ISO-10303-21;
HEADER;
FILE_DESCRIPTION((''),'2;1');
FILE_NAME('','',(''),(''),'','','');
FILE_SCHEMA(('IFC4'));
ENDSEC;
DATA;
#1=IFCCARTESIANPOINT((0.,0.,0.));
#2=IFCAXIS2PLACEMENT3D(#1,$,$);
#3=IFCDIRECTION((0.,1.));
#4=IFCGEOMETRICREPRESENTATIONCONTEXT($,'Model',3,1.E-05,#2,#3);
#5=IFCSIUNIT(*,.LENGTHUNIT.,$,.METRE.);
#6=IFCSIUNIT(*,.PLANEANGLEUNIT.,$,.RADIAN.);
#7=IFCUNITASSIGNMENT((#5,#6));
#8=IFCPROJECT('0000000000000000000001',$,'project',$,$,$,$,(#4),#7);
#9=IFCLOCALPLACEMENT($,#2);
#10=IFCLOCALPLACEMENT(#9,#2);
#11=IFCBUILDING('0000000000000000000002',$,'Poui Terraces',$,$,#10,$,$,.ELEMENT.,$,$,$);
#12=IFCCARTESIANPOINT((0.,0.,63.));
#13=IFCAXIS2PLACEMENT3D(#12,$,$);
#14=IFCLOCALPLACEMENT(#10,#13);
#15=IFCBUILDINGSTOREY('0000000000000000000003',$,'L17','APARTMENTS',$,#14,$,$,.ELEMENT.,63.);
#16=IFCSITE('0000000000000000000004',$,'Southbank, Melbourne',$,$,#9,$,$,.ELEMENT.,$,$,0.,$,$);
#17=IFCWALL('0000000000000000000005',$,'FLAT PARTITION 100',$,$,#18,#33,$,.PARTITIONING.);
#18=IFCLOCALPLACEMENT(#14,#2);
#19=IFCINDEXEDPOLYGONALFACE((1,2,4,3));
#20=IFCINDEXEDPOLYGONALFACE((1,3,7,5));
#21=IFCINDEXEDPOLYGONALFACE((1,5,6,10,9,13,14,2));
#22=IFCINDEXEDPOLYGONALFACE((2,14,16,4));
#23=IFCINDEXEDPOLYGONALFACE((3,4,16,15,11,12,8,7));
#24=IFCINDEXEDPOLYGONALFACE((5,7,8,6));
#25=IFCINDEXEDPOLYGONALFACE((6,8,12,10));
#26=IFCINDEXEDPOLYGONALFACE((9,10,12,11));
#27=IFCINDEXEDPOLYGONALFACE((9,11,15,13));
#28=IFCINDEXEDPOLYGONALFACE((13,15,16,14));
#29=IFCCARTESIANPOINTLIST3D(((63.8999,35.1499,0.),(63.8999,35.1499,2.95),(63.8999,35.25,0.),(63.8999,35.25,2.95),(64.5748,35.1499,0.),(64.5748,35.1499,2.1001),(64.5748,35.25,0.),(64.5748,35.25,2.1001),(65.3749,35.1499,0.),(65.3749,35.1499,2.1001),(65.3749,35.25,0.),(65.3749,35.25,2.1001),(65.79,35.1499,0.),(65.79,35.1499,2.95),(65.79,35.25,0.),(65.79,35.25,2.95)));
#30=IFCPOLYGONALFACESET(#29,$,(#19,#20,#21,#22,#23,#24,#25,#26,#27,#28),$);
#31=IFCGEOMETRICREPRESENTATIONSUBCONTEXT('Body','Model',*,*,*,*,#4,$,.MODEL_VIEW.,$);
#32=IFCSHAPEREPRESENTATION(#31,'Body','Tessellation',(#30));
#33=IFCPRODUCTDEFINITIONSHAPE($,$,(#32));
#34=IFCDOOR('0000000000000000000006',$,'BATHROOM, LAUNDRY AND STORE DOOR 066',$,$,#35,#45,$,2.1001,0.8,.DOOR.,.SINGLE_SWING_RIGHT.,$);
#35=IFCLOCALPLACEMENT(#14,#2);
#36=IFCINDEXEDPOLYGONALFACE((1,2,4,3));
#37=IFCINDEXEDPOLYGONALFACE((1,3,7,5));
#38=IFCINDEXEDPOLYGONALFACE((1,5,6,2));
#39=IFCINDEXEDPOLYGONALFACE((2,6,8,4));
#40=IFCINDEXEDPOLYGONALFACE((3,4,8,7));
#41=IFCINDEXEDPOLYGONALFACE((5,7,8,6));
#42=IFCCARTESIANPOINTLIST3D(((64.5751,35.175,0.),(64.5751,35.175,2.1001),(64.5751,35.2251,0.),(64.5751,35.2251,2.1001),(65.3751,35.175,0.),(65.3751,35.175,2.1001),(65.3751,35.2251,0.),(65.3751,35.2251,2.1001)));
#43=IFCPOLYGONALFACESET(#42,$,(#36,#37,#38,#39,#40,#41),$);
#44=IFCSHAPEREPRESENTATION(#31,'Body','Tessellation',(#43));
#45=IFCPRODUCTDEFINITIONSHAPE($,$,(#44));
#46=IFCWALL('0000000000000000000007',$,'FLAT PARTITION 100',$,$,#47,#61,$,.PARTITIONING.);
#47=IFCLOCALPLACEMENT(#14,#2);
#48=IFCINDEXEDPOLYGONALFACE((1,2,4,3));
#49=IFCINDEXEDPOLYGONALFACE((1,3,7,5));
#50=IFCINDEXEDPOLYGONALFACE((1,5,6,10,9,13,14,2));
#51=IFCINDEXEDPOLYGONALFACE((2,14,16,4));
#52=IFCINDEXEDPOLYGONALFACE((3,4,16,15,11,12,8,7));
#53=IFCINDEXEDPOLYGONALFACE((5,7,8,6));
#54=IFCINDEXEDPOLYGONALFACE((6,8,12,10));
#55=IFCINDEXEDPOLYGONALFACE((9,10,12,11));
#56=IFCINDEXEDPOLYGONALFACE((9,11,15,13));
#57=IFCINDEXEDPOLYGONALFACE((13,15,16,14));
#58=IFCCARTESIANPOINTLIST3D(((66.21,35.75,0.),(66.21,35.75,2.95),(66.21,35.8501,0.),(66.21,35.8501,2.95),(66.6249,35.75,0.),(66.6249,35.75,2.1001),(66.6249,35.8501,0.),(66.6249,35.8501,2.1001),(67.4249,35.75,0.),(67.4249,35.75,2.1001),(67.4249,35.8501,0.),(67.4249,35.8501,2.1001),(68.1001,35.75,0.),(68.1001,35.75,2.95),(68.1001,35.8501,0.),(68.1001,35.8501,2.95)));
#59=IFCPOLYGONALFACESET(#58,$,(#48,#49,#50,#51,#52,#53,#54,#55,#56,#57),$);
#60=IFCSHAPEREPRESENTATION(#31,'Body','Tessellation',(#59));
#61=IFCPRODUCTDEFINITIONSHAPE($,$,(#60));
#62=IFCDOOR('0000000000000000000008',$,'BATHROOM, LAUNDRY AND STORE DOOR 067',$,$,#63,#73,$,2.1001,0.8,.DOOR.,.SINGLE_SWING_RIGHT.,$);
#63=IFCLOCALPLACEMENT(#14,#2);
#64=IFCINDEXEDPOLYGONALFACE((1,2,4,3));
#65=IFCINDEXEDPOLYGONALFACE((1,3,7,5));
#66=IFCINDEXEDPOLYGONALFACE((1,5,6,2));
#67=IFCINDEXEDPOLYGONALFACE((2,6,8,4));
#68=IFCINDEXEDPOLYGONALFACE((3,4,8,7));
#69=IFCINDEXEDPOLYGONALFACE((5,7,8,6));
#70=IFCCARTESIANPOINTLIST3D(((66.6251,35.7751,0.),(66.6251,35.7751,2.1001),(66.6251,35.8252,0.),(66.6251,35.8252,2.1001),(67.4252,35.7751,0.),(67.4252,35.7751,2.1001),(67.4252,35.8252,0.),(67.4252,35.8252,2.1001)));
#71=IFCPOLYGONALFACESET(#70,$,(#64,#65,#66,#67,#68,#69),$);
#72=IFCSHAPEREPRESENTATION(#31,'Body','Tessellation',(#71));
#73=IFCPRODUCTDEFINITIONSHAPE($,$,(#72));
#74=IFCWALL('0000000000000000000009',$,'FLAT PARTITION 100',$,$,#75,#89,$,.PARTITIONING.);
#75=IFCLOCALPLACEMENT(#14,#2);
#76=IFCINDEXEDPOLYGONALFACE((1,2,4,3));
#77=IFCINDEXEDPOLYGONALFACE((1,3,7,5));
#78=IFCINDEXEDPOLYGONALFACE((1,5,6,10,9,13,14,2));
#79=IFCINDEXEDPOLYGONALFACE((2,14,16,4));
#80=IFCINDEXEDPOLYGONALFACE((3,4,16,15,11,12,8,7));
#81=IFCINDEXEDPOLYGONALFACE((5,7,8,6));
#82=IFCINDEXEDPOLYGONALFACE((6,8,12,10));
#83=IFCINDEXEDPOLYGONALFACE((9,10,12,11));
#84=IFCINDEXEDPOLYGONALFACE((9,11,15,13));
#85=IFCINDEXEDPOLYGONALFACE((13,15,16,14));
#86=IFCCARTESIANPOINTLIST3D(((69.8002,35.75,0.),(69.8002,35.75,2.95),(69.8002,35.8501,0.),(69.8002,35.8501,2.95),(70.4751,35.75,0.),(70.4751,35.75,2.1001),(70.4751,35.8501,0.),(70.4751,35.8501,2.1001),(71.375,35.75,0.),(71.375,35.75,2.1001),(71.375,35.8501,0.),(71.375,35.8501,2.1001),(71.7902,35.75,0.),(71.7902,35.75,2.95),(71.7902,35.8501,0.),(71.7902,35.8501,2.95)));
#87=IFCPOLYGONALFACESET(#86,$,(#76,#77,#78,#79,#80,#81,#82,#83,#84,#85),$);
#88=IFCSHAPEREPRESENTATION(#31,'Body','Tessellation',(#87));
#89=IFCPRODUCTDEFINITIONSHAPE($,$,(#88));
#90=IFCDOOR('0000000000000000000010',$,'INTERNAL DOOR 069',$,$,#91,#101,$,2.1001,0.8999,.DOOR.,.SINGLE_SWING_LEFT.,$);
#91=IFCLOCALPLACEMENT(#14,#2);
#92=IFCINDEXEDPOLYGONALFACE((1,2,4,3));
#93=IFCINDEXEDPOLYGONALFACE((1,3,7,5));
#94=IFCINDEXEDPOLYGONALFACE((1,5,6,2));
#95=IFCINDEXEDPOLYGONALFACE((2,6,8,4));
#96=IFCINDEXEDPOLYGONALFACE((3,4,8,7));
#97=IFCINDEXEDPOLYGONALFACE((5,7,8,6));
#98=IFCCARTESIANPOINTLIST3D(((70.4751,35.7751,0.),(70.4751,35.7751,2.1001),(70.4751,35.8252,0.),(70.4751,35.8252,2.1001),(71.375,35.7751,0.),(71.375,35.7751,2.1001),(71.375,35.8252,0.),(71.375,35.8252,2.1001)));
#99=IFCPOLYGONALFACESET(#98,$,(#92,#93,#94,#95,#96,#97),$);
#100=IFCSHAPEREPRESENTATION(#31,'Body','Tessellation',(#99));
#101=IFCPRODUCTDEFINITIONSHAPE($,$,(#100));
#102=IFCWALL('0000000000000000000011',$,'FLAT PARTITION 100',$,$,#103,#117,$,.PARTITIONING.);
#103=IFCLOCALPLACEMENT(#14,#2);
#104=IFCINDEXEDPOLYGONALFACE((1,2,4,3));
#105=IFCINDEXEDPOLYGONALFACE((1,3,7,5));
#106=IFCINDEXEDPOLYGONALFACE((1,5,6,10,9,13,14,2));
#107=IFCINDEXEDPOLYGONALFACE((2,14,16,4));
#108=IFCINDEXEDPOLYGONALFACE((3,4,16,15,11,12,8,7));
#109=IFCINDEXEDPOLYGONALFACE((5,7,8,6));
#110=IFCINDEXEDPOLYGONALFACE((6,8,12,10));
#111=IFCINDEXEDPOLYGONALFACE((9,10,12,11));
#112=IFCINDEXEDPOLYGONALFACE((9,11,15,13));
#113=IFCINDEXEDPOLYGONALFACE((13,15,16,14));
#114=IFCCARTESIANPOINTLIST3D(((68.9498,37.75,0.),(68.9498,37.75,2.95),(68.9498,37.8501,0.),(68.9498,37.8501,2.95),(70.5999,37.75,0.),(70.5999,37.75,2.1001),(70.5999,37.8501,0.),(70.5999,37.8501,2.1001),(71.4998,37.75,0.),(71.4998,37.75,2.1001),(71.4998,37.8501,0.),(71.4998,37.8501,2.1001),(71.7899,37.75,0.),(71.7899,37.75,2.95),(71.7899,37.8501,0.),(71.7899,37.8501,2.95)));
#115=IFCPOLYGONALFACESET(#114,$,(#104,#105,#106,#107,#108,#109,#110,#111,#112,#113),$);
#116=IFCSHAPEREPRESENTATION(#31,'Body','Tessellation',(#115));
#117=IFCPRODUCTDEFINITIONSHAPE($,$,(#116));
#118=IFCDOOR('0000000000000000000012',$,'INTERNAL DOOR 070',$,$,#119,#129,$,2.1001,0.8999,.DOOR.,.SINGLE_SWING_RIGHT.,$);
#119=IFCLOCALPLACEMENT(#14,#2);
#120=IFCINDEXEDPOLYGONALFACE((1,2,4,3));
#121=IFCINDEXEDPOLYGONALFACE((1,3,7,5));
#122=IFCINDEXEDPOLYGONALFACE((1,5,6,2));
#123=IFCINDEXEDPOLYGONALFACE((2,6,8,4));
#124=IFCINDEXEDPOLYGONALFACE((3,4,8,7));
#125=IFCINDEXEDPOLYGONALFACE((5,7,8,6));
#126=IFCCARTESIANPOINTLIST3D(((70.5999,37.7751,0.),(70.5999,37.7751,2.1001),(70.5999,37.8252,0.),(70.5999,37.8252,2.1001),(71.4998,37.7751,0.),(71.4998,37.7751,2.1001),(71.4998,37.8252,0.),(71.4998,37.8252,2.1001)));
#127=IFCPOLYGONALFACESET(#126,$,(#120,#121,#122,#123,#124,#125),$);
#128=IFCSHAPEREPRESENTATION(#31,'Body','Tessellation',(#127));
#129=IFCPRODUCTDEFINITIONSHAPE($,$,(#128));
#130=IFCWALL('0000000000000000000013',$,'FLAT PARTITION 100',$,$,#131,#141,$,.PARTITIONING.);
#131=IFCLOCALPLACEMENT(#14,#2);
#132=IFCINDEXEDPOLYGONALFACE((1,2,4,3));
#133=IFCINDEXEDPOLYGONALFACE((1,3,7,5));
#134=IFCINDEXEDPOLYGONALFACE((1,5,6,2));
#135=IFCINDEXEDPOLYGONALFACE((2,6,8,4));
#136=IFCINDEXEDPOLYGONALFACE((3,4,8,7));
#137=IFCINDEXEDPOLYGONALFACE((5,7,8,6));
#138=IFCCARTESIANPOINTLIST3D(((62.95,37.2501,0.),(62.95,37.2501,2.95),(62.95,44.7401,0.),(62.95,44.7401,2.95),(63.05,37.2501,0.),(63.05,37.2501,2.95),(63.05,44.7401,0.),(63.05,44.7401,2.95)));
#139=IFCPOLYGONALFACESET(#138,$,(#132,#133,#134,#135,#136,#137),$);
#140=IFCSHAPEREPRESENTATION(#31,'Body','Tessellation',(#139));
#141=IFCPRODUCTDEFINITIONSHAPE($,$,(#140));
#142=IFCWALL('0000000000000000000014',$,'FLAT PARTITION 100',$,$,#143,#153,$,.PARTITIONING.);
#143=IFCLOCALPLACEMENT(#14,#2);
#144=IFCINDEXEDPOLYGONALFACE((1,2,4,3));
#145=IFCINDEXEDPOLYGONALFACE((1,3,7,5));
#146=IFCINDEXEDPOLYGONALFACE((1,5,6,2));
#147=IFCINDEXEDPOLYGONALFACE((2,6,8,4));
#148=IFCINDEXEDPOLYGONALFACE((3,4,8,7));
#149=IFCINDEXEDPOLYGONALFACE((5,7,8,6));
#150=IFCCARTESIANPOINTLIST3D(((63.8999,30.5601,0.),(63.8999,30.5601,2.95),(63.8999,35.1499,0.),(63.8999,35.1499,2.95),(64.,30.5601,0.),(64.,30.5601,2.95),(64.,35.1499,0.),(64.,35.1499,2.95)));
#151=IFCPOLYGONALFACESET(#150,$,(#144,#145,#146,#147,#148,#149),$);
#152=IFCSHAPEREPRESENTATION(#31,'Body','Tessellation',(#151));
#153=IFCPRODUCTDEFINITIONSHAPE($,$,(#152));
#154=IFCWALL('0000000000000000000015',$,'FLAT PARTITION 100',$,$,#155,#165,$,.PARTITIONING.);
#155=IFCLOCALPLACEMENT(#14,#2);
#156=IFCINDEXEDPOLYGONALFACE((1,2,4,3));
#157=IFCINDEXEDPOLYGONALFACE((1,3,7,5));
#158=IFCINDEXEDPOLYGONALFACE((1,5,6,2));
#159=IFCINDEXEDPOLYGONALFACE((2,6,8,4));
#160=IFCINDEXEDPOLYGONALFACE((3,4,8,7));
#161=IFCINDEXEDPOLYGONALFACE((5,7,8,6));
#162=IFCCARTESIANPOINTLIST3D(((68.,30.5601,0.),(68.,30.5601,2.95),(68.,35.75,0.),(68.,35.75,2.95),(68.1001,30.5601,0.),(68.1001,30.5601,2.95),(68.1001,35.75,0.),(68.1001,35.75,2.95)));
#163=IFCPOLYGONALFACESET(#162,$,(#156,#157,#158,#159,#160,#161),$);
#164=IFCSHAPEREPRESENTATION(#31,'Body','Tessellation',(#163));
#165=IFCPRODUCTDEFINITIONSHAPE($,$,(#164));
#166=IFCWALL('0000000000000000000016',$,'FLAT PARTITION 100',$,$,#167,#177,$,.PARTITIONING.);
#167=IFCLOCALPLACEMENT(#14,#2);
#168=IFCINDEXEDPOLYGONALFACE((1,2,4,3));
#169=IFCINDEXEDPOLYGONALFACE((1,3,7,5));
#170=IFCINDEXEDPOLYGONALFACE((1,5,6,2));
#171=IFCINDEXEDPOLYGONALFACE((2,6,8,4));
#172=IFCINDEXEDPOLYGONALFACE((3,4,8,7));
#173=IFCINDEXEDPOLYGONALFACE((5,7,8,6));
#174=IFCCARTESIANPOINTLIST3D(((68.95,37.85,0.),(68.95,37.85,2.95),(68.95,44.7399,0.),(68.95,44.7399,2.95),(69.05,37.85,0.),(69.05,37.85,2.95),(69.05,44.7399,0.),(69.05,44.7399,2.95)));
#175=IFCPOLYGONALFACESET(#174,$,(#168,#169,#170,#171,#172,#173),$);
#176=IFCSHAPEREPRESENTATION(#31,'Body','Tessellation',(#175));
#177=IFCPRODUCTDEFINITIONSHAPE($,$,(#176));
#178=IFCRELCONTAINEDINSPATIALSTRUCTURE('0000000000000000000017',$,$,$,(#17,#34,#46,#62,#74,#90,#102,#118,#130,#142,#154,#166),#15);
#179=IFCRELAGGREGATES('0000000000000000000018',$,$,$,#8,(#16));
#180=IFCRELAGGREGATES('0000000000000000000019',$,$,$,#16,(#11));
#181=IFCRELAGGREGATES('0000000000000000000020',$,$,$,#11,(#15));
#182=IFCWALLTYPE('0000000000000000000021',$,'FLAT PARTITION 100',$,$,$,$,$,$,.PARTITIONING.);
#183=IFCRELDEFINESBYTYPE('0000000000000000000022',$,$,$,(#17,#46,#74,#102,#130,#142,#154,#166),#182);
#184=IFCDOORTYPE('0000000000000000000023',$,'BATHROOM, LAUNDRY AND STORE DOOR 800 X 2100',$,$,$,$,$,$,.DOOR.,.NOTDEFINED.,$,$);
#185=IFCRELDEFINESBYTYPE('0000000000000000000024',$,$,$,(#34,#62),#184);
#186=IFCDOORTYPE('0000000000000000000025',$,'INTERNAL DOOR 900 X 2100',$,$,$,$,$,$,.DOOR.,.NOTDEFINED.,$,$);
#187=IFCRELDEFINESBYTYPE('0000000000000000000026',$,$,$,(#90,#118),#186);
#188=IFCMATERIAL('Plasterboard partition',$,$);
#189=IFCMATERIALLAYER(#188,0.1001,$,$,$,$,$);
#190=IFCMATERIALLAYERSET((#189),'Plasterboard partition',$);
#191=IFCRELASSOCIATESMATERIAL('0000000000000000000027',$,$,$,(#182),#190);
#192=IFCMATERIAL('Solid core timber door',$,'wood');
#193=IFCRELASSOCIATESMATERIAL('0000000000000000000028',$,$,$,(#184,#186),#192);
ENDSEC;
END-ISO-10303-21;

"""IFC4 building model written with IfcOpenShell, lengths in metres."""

from ifc_helpers import new_model, si_unit, direction, frame, frame_2d, origin, place, context, subcontext, project, spatial, rectangle, extrude, material, layer, layer_set, type_object, element, fill, save


model = new_model("IFC4")

# Units and contexts
model_context = context("Model", 3, precision=1e-05, world=origin(), true_north=direction((0.0, 1.0)))
body_context = subcontext(model_context, "Body", "Model", "MODEL_VIEW")
ifc_project = project(units=[si_unit("LENGTHUNIT", "METRE"), si_unit("PLANEANGLEUNIT", "RADIAN")], contexts=[model_context])

# Site, building, storey
site_placement = place(None, origin())
site = spatial("IfcSite", under=ifc_project, at=site_placement, Name="Southbank, Melbourne", CompositionType="ELEMENT", RefElevation=0.0)
building_placement = place(site_placement, origin())
building = spatial("IfcBuilding", under=site, at=building_placement, Name="Poui Terraces", CompositionType="ELEMENT")
storey_placement = place(building_placement, frame((0.0, 0.0, 63.0)))
storey = spatial("IfcBuildingStorey", under=building, at=storey_placement, Name="L17", Description="APARTMENTS", CompositionType="ELEMENT", Elevation=63.0)

# Walls, openings, doors
ifc_material_1 = material(Name="Plasterboard partition")
ifc_layer_1 = layer(ifc_material_1, 0.1001)
ifc_layer_set_1 = layer_set([ifc_layer_1], Name="Plasterboard partition")
wall_type_1 = type_object("IfcWallType", Name="FLAT PARTITION 100", PredefinedType="PARTITIONING", material=ifc_layer_set_1)
wall_1_placement = place(storey_placement, frame((63.8999, 35.2, 0.0), z_axis=(0.0, 0.0, 1.0), x_axis=(1.0, 0.0, 0.0)))
wall_1 = element("IfcWall", 1, at=wall_1_placement, inside=storey, type_object=wall_type_1, Name="FLAT PARTITION 100", PredefinedType="PARTITIONING", context=body_context, shape_type="SweptSolid", body=[
    extrude(rectangle(XDim=1.8901, YDim=0.1001, at=frame_2d((0.9451, 0.0))), origin(), (0.0, 0.0, 1.0), 2.95),
])
opening_1_placement = place(wall_1_placement, frame((0.675, 0.0, 0.0)))
opening_1 = element("IfcOpeningElement", 2, at=opening_1_placement, cuts=wall_1, PredefinedType="OPENING", context=body_context, shape_type="SweptSolid", body=[
    extrude(rectangle(XDim=0.8, YDim=2.1001, at=frame_2d((0.3999, 1.05))), frame((0.0, 0.0601, 0.0), z_axis=(0.0, -1.0, 0.0), x_axis=(1.0, 0.0, 0.0)), (0.0, 0.0, 1.0), 0.1201),
])
ifc_material_2 = material(Name="Solid core timber door", Category="wood")
door_type_1 = type_object("IfcDoorType", Name="BATHROOM, LAUNDRY AND STORE DOOR 800 X 2100", OperationType="NOTDEFINED", PredefinedType="DOOR", material=ifc_material_2)
door_1_placement = place(opening_1_placement, frame((0.8, 0.0, 0.0), z_axis=(0.0, 0.0, 1.0), x_axis=(-1.0, 0.0, 0.0)))
door_1 = element("IfcDoor", 3, at=door_1_placement, inside=storey, type_object=door_type_1, Name="BATHROOM, LAUNDRY AND STORE DOOR 066", OperationType="SINGLE_SWING_RIGHT", OverallHeight=2.1001, OverallWidth=0.8, PredefinedType="DOOR", context=body_context, shape_type="SweptSolid", body=[
    extrude(rectangle(XDim=0.8, YDim=2.1001, at=frame_2d((0.3999, 1.05))), frame((0.0, 0.0249, 0.0), z_axis=(0.0, -1.0, 0.0), x_axis=(1.0, 0.0, 0.0)), (0.0, 0.0, 1.0), 0.05),
])
fill(opening_1, door_1)
wall_2_placement = place(storey_placement, frame((66.21, 35.8, 0.0), z_axis=(0.0, 0.0, 1.0), x_axis=(1.0, 0.0, 0.0)))
wall_2 = element("IfcWall", 4, at=wall_2_placement, inside=storey, type_object=wall_type_1, Name="FLAT PARTITION 100", PredefinedType="PARTITIONING", context=body_context, shape_type="SweptSolid", body=[
    extrude(rectangle(XDim=1.8901, YDim=0.1001, at=frame_2d((0.9451, 0.0))), origin(), (0.0, 0.0, 1.0), 2.95),
])
opening_2_placement = place(wall_2_placement, frame((0.415, 0.0, 0.0)))
opening_2 = element("IfcOpeningElement", 5, at=opening_2_placement, cuts=wall_2, PredefinedType="OPENING", context=body_context, shape_type="SweptSolid", body=[
    extrude(rectangle(XDim=0.8, YDim=2.1001, at=frame_2d((0.3999, 1.05))), frame((0.0, 0.0601, 0.0), z_axis=(0.0, -1.0, 0.0), x_axis=(1.0, 0.0, 0.0)), (0.0, 0.0, 1.0), 0.1201),
])
door_2_placement = place(opening_2_placement, frame((0.8, 0.0, 0.0), z_axis=(0.0, 0.0, 1.0), x_axis=(-1.0, 0.0, 0.0)))
door_2 = element("IfcDoor", 6, at=door_2_placement, inside=storey, type_object=door_type_1, Name="BATHROOM, LAUNDRY AND STORE DOOR 067", OperationType="SINGLE_SWING_RIGHT", OverallHeight=2.1001, OverallWidth=0.8, PredefinedType="DOOR", context=body_context, shape_type="SweptSolid", body=[
    extrude(rectangle(XDim=0.8, YDim=2.1001, at=frame_2d((0.3999, 1.05))), frame((0.0, 0.0249, 0.0), z_axis=(0.0, -1.0, 0.0), x_axis=(1.0, 0.0, 0.0)), (0.0, 0.0, 1.0), 0.05),
])
fill(opening_2, door_2)
wall_3_placement = place(storey_placement, frame((69.8, 35.8, 0.0), z_axis=(0.0, 0.0, 1.0), x_axis=(1.0, 0.0, 0.0)))
wall_3 = element("IfcWall", 7, at=wall_3_placement, inside=storey, type_object=wall_type_1, Name="FLAT PARTITION 100", PredefinedType="PARTITIONING", context=body_context, shape_type="SweptSolid", body=[
    extrude(rectangle(XDim=1.99, YDim=0.1001, at=frame_2d((0.9951, 0.0))), origin(), (0.0, 0.0, 1.0), 2.95),
])
opening_3_placement = place(wall_3_placement, frame((0.675, 0.0, 0.0)))
opening_3 = element("IfcOpeningElement", 8, at=opening_3_placement, cuts=wall_3, PredefinedType="OPENING", context=body_context, shape_type="SweptSolid", body=[
    extrude(rectangle(XDim=0.8999, YDim=2.1001, at=frame_2d((0.45, 1.05))), frame((0.0, 0.0601, 0.0), z_axis=(0.0, -1.0, 0.0), x_axis=(1.0, 0.0, 0.0)), (0.0, 0.0, 1.0), 0.1201),
])
door_type_2 = type_object("IfcDoorType", Name="INTERNAL DOOR 900 X 2100", OperationType="NOTDEFINED", PredefinedType="DOOR", material=ifc_material_2)
door_3_placement = place(opening_3_placement, frame((0.8999, 0.0, 0.0), z_axis=(0.0, 0.0, 1.0), x_axis=(-1.0, 0.0, 0.0)))
door_3 = element("IfcDoor", 9, at=door_3_placement, inside=storey, type_object=door_type_2, Name="INTERNAL DOOR 069", OperationType="SINGLE_SWING_LEFT", OverallHeight=2.1001, OverallWidth=0.8999, PredefinedType="DOOR", context=body_context, shape_type="SweptSolid", body=[
    extrude(rectangle(XDim=0.8999, YDim=2.1001, at=frame_2d((0.45, 1.05))), frame((0.0, 0.0249, 0.0), z_axis=(0.0, -1.0, 0.0), x_axis=(1.0, 0.0, 0.0)), (0.0, 0.0, 1.0), 0.05),
])
fill(opening_3, door_3)
wall_4_placement = place(storey_placement, frame((68.95, 37.8, 0.0), z_axis=(0.0, 0.0, 1.0), x_axis=(1.0, 0.0, 0.0)))
wall_4 = element("IfcWall", 10, at=wall_4_placement, inside=storey, type_object=wall_type_1, Name="FLAT PARTITION 100", PredefinedType="PARTITIONING", context=body_context, shape_type="SweptSolid", body=[
    extrude(rectangle(XDim=2.8401, YDim=0.1001, at=frame_2d((1.4199, 0.0))), origin(), (0.0, 0.0, 1.0), 2.95),
])
opening_4_placement = place(wall_4_placement, frame((1.6499, 0.0, 0.0)))
opening_4 = element("IfcOpeningElement", 11, at=opening_4_placement, cuts=wall_4, PredefinedType="OPENING", context=body_context, shape_type="SweptSolid", body=[
    extrude(rectangle(XDim=0.8999, YDim=2.1001, at=frame_2d((0.45, 1.05))), frame((0.0, 0.0601, 0.0), z_axis=(0.0, -1.0, 0.0), x_axis=(1.0, 0.0, 0.0)), (0.0, 0.0, 1.0), 0.1201),
])
door_4_placement = place(opening_4_placement, frame((0.8999, 0.0, 0.0), z_axis=(0.0, 0.0, 1.0), x_axis=(-1.0, 0.0, 0.0)))
door_4 = element("IfcDoor", 12, at=door_4_placement, inside=storey, type_object=door_type_2, Name="INTERNAL DOOR 070", OperationType="SINGLE_SWING_RIGHT", OverallHeight=2.1001, OverallWidth=0.8999, PredefinedType="DOOR", context=body_context, shape_type="SweptSolid", body=[
    extrude(rectangle(XDim=0.8999, YDim=2.1001, at=frame_2d((0.45, 1.05))), frame((0.0, 0.0249, 0.0), z_axis=(0.0, -1.0, 0.0), x_axis=(1.0, 0.0, 0.0)), (0.0, 0.0, 1.0), 0.05),
])
fill(opening_4, door_4)

# Walls
wall_5_placement = place(storey_placement, frame((63.0, 37.25, 0.0), z_axis=(0.0, 0.0, 1.0), x_axis=(0.0, 1.0, 0.0)))
element("IfcWall", 13, at=wall_5_placement, inside=storey, type_object=wall_type_1, Name="FLAT PARTITION 100", PredefinedType="PARTITIONING", context=body_context, shape_type="SweptSolid", body=[
    extrude(rectangle(XDim=7.49, YDim=0.1001, at=frame_2d((3.7451, 0.0))), origin(), (0.0, 0.0, 1.0), 2.95),
])
wall_6_placement = place(storey_placement, frame((63.95, 30.5601, 0.0), z_axis=(0.0, 0.0, 1.0), x_axis=(0.0, 1.0, 0.0)))
element("IfcWall", 14, at=wall_6_placement, inside=storey, type_object=wall_type_1, Name="FLAT PARTITION 100", PredefinedType="PARTITIONING", context=body_context, shape_type="SweptSolid", body=[
    extrude(rectangle(XDim=4.5898, YDim=0.1001, at=frame_2d((2.2949, 0.0))), origin(), (0.0, 0.0, 1.0), 2.95),
])
wall_7_placement = place(storey_placement, frame((68.05, 30.5601, 0.0), z_axis=(0.0, 0.0, 1.0), x_axis=(0.0, 1.0, 0.0)))
element("IfcWall", 15, at=wall_7_placement, inside=storey, type_object=wall_type_1, Name="FLAT PARTITION 100", PredefinedType="PARTITIONING", context=body_context, shape_type="SweptSolid", body=[
    extrude(rectangle(XDim=5.1899, YDim=0.1001, at=frame_2d((2.595, 0.0))), origin(), (0.0, 0.0, 1.0), 2.95),
])
wall_8_placement = place(storey_placement, frame((69.0, 37.8501, 0.0), z_axis=(0.0, 0.0, 1.0), x_axis=(0.0, 1.0, 0.0)))
element("IfcWall", 16, at=wall_8_placement, inside=storey, type_object=wall_type_1, Name="FLAT PARTITION 100", PredefinedType="PARTITIONING", context=body_context, shape_type="SweptSolid", body=[
    extrude(rectangle(XDim=6.8899, YDim=0.1001, at=frame_2d((3.4448, 0.0))), origin(), (0.0, 0.0, 1.0), 2.95),
])

save(model, "model.ifc")
